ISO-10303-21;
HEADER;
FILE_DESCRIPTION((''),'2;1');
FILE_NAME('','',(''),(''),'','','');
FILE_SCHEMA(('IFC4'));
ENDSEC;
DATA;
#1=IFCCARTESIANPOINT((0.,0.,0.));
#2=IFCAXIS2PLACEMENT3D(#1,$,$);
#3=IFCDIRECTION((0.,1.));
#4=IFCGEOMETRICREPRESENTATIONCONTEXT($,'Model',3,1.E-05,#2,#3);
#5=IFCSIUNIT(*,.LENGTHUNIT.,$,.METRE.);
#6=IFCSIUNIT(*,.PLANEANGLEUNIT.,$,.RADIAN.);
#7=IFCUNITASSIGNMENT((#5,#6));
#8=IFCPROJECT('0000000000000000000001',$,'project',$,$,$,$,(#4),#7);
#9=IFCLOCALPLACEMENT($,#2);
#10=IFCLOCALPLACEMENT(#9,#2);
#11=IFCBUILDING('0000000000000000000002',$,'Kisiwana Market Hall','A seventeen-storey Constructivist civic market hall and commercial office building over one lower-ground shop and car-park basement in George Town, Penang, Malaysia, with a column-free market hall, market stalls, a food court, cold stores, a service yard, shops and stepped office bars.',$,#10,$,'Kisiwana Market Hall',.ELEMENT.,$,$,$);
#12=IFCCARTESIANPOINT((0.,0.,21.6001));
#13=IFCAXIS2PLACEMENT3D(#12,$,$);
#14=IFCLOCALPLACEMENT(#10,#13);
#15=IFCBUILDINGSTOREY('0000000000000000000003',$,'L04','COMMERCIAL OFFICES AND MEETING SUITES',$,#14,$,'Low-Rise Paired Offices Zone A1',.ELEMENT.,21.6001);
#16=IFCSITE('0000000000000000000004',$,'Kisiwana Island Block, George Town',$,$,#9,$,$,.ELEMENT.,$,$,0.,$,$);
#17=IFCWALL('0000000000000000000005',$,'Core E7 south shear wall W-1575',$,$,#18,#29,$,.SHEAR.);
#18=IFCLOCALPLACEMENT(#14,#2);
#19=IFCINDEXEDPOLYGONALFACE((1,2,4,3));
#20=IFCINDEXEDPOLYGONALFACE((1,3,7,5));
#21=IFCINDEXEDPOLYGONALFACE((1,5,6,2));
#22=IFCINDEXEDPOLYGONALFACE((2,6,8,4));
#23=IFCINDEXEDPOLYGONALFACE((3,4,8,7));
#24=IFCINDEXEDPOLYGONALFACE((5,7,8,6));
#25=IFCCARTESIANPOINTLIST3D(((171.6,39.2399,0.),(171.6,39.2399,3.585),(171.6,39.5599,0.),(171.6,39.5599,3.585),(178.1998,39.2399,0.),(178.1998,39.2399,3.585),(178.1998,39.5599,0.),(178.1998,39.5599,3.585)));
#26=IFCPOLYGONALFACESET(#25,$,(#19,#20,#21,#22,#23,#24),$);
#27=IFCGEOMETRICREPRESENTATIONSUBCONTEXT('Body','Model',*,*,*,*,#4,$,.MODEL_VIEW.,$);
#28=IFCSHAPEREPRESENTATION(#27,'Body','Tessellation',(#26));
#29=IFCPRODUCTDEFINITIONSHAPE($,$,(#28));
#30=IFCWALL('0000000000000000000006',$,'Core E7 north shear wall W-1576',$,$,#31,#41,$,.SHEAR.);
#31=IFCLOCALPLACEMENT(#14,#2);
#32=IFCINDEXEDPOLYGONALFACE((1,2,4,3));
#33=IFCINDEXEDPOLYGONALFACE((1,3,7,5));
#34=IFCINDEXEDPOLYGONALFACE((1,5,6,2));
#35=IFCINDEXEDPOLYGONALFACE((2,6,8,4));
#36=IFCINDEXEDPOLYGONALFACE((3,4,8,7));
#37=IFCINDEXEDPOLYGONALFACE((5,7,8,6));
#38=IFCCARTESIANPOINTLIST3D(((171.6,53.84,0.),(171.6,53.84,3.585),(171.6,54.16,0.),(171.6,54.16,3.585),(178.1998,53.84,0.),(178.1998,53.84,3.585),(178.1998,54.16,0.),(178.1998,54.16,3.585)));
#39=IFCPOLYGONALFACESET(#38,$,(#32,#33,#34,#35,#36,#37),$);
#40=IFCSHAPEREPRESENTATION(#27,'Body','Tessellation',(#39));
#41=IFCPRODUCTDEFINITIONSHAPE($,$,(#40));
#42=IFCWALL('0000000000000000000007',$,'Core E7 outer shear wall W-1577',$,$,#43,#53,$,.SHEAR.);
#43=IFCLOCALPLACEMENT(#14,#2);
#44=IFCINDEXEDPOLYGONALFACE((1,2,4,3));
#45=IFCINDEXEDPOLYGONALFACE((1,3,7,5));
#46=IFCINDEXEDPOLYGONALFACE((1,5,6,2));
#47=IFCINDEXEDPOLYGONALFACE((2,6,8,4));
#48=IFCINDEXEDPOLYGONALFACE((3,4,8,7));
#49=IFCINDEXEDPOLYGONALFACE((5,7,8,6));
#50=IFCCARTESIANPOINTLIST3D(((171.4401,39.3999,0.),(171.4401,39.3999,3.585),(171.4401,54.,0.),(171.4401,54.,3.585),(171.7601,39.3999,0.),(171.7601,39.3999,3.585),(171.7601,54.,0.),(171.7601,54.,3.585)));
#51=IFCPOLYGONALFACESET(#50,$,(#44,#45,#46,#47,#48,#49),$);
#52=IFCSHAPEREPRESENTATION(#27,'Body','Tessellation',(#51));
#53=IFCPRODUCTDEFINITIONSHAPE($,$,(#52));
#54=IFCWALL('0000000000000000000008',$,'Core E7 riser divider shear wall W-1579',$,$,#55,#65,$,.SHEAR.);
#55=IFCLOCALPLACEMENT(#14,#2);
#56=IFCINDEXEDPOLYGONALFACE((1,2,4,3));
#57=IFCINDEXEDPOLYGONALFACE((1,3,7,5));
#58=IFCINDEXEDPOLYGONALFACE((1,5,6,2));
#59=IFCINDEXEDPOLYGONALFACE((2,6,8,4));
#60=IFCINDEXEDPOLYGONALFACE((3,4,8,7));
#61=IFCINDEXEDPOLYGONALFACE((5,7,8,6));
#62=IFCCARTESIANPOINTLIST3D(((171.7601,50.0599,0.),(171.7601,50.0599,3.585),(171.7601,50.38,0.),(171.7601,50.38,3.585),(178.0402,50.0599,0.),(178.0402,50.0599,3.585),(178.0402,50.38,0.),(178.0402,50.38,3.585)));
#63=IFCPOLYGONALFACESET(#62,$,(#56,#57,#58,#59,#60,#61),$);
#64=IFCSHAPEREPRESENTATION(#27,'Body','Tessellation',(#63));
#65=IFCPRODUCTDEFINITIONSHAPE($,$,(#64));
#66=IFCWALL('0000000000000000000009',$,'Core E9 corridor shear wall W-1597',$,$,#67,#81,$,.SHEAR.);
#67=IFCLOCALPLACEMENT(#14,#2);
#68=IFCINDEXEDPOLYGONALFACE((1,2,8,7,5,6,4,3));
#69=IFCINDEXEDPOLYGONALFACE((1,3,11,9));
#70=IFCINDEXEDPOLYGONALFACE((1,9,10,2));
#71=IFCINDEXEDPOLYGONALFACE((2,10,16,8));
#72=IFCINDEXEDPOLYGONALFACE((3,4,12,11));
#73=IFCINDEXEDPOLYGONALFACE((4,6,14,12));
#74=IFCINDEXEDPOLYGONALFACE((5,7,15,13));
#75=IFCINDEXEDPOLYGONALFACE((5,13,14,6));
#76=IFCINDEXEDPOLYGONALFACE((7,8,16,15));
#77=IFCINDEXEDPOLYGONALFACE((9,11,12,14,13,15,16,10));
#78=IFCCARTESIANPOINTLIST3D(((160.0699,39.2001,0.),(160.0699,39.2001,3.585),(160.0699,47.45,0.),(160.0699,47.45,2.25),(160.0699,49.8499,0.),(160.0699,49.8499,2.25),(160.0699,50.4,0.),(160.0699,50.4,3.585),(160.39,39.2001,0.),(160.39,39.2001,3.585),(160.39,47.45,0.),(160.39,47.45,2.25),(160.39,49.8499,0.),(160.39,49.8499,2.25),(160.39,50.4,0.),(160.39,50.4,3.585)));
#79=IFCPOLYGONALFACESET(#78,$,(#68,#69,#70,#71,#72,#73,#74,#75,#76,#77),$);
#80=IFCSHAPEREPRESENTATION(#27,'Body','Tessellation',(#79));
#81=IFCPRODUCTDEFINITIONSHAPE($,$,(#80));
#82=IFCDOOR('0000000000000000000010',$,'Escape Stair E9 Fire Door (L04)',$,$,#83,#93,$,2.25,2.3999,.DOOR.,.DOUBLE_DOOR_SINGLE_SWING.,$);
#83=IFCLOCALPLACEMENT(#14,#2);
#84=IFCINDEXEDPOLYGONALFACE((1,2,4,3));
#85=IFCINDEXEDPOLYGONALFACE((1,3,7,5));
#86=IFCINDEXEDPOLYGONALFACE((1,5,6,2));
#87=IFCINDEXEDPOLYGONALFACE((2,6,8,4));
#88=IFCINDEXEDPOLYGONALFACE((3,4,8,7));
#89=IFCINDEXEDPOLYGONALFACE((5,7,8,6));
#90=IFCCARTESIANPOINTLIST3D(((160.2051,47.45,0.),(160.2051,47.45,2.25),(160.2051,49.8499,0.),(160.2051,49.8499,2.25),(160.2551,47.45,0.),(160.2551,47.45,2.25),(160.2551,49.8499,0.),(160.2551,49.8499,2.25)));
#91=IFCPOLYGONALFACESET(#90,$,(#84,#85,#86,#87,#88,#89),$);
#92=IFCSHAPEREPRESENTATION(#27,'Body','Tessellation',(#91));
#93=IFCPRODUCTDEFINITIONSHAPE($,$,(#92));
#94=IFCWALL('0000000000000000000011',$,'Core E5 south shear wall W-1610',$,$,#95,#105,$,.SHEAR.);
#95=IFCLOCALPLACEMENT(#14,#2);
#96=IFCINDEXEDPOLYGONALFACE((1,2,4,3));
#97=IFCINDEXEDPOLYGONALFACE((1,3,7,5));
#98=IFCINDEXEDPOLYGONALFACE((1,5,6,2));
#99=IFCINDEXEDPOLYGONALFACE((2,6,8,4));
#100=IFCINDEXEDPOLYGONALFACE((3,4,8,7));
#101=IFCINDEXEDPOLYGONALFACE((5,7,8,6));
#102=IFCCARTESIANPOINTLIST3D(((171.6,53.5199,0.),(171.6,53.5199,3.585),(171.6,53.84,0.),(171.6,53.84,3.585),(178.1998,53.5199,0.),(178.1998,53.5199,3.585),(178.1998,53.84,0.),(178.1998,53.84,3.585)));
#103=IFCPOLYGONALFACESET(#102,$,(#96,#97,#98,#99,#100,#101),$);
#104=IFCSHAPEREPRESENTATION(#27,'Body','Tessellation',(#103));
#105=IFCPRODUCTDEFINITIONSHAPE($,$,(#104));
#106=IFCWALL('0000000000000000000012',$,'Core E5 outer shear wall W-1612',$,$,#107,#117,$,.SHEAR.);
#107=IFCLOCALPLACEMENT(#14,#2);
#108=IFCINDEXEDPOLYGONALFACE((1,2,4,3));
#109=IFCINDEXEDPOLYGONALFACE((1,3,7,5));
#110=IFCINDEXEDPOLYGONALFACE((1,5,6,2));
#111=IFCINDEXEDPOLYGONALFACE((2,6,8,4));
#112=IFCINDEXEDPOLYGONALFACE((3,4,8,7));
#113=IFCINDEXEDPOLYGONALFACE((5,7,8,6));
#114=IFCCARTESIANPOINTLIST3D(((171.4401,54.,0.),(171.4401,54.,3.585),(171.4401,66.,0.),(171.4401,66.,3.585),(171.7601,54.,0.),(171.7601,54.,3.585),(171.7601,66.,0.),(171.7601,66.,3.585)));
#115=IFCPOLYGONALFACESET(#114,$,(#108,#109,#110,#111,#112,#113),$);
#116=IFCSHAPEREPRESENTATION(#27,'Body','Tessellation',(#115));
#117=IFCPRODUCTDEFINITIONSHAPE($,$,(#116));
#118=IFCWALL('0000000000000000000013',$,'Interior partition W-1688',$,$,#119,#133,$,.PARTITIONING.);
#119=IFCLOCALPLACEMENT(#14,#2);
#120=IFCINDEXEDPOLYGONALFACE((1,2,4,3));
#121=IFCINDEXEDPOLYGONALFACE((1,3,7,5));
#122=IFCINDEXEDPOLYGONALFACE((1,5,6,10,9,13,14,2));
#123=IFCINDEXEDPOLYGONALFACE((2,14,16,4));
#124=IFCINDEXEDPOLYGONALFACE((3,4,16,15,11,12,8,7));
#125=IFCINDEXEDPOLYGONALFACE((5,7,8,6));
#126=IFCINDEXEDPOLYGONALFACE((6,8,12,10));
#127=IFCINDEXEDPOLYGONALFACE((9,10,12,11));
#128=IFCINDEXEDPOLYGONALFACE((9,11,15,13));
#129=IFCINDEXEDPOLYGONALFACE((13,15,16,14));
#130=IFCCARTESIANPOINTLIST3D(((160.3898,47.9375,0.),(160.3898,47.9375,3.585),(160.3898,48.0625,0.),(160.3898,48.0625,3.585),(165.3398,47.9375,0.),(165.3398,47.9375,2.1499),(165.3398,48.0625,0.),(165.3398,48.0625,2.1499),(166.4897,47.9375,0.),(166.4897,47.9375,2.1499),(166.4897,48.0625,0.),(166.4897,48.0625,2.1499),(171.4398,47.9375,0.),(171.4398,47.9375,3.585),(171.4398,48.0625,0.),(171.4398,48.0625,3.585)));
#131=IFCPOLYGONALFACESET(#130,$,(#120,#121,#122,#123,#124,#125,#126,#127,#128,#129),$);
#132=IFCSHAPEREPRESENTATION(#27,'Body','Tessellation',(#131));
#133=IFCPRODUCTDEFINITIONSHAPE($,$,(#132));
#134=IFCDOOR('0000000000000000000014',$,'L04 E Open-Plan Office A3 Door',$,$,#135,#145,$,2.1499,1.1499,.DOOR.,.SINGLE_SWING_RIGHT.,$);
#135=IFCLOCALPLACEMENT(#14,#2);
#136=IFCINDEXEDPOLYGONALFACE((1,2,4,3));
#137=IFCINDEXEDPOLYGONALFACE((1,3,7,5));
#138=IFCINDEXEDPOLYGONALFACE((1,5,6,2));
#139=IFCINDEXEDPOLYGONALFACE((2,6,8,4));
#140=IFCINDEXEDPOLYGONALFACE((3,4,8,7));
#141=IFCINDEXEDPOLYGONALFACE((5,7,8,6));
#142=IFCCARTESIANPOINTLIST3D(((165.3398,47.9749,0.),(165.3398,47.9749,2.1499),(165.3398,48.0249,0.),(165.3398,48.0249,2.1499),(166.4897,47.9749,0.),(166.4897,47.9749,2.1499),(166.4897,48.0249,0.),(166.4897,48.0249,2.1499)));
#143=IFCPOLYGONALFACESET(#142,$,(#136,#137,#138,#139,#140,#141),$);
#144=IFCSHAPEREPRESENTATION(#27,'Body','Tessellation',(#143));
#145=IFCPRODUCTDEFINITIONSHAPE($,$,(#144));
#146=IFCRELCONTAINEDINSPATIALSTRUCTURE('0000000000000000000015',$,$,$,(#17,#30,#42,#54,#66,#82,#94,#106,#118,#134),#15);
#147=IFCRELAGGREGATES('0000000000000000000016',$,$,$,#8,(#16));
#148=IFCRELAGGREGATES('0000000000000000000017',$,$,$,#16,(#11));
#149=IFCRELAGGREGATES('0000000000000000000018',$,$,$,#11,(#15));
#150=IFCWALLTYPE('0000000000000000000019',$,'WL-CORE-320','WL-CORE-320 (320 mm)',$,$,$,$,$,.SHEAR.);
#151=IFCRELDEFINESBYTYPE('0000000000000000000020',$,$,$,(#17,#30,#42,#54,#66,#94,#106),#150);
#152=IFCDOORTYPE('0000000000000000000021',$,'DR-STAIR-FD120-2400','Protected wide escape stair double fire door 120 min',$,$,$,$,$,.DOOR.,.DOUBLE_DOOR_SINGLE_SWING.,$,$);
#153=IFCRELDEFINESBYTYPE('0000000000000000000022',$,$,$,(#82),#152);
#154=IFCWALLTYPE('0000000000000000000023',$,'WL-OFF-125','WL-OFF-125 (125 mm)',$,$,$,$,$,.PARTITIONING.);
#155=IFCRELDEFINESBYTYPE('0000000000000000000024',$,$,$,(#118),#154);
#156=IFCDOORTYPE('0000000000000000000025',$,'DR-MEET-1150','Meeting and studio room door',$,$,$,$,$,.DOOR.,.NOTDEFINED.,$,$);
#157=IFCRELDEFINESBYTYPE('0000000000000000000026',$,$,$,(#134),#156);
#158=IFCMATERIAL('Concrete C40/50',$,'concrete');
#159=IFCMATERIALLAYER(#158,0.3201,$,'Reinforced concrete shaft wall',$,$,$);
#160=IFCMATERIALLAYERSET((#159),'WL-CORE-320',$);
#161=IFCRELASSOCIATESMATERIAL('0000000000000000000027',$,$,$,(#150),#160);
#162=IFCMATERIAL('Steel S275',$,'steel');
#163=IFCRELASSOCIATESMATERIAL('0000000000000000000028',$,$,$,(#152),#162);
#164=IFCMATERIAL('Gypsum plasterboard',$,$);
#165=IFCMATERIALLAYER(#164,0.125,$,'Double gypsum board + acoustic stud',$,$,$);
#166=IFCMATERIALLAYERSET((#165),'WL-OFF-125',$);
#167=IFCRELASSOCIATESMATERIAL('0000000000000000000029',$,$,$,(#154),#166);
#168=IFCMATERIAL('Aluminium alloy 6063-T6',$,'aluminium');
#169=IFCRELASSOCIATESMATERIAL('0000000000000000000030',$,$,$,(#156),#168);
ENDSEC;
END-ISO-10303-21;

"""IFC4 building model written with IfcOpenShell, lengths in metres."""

from ifc_helpers import new_model, si_unit, direction, frame, frame_2d, origin, place, context, subcontext, project, spatial, rectangle, extrude, material, layer, layer_set, type_object, element, fill, save


model = new_model("IFC4")

# Units and contexts
model_context = context("Model", 3, precision=1e-05, world=origin(), true_north=direction((0.0, 1.0)))
body_context = subcontext(model_context, "Body", "Model", "MODEL_VIEW")
ifc_project = project(units=[si_unit("LENGTHUNIT", "METRE"), si_unit("PLANEANGLEUNIT", "RADIAN")], contexts=[model_context])

# Site, building, storey
site_placement = place(None, origin())
site = spatial("IfcSite", under=ifc_project, at=site_placement, Name="Kisiwana Island Block, George Town", CompositionType="ELEMENT", RefElevation=0.0)
building_placement = place(site_placement, origin())
building = spatial("IfcBuilding", under=site, at=building_placement, Name="Kisiwana Market Hall", Description="A seventeen-storey Constructivist civic market hall and commercial office building over one lower-ground shop and car-park basement in George Town, Penang, Malaysia, with a column-free market hall, market stalls, a food court, cold stores, a service yard, shops and stepped office bars.", LongName="Kisiwana Market Hall", CompositionType="ELEMENT")
storey_placement = place(building_placement, frame((0.0, 0.0, 21.6001)))
storey = spatial("IfcBuildingStorey", under=building, at=storey_placement, Name="L04", Description="COMMERCIAL OFFICES AND MEETING SUITES", LongName="Low-Rise Paired Offices Zone A1", CompositionType="ELEMENT", Elevation=21.6001)

# Walls
ifc_material_1 = material(Name="Concrete C40/50", Category="concrete")
ifc_layer_1 = layer(ifc_material_1, 0.3201, Name="Reinforced concrete shaft wall")
ifc_layer_set_1 = layer_set([ifc_layer_1], Name="WL-CORE-320")
wall_type_1 = type_object("IfcWallType", Name="WL-CORE-320", Description="WL-CORE-320 (320 mm)", PredefinedType="SHEAR", material=ifc_layer_set_1)
for number, where, z_axis, x_axis, name in (
    (1, (171.6001, 39.3999, 0.0), (0.0, 0.0, 1.0), (1.0, 0.0, 0.0), "Core E7 south shear wall W-1575"),
    (2, (171.6001, 54.0, 0.0), (0.0, 0.0, 1.0), (1.0, 0.0, 0.0), "Core E7 north shear wall W-1576"),
):
    element("IfcWall", number, at=place(storey_placement, frame(where, z_axis=z_axis, x_axis=x_axis)), inside=storey, type_object=wall_type_1, Name=name, PredefinedType="SHEAR", context=body_context, shape_type="SweptSolid", body=[
        extrude(rectangle(XDim=6.5999, YDim=0.3201, at=frame_2d((3.2998, 0.0))), origin(), (0.0, 0.0, 1.0), 3.585),
    ])
wall_1_placement = place(storey_placement, frame((171.6001, 39.3999, 0.0), z_axis=(0.0, 0.0, 1.0), x_axis=(0.0, 1.0, 0.0)))
element("IfcWall", 3, at=wall_1_placement, inside=storey, type_object=wall_type_1, Name="Core E7 outer shear wall W-1577", PredefinedType="SHEAR", context=body_context, shape_type="SweptSolid", body=[
    extrude(rectangle(XDim=14.6001, YDim=0.3201, at=frame_2d((7.3, 0.0))), origin(), (0.0, 0.0, 1.0), 3.585),
])
wall_2_placement = place(storey_placement, frame((171.76, 50.22, 0.0), z_axis=(0.0, 0.0, 1.0), x_axis=(1.0, 0.0, 0.0)))
element("IfcWall", 4, at=wall_2_placement, inside=storey, type_object=wall_type_1, Name="Core E7 riser divider shear wall W-1579", PredefinedType="SHEAR", context=body_context, shape_type="SweptSolid", body=[
    extrude(rectangle(XDim=6.28, YDim=0.3201, at=frame_2d((3.1401, 0.0))), origin(), (0.0, 0.0, 1.0), 3.585),
])

# Wall, opening, door
wall_3_placement = place(storey_placement, frame((160.23, 39.2, 0.0), z_axis=(0.0, 0.0, 1.0), x_axis=(0.0, 1.0, 0.0)))
wall_3 = element("IfcWall", 5, at=wall_3_placement, inside=storey, type_object=wall_type_1, Name="Core E9 corridor shear wall W-1597", PredefinedType="SHEAR", context=body_context, shape_type="SweptSolid", body=[
    extrude(rectangle(XDim=11.2, YDim=0.3201, at=frame_2d((5.6001, 0.0))), origin(), (0.0, 0.0, 1.0), 3.585),
])
opening_1_placement = place(wall_3_placement, frame((8.25, 0.0, 0.0)))
opening_1 = element("IfcOpeningElement", 6, at=opening_1_placement, cuts=wall_3, PredefinedType="OPENING", context=body_context, shape_type="SweptSolid", body=[
    extrude(rectangle(XDim=2.3999, YDim=2.25, at=frame_2d((1.2, 1.125))), frame((0.0, 0.1719, 0.0), z_axis=(0.0, -1.0, 0.0), x_axis=(1.0, 0.0, 0.0)), (0.0, 0.0, 1.0), 0.344),
])
ifc_material_2 = material(Name="Steel S275", Category="steel")
door_type_1 = type_object("IfcDoorType", Name="DR-STAIR-FD120-2400", Description="Protected wide escape stair double fire door 120 min", OperationType="DOUBLE_DOOR_SINGLE_SWING", PredefinedType="DOOR", material=ifc_material_2)
door_1_placement = place(opening_1_placement, origin())
door_1 = element("IfcDoor", 7, at=door_1_placement, inside=storey, type_object=door_type_1, Name="Escape Stair E9 Fire Door (L04)", OperationType="DOUBLE_DOOR_SINGLE_SWING", OverallHeight=2.25, OverallWidth=2.3999, PredefinedType="DOOR", context=body_context, shape_type="SweptSolid", body=[
    extrude(rectangle(XDim=2.3999, YDim=2.25, at=frame_2d((1.2, 1.125))), frame((0.0, 0.0249, 0.0), z_axis=(0.0, -1.0, 0.0), x_axis=(1.0, 0.0, 0.0)), (0.0, 0.0, 1.0), 0.05),
])
fill(opening_1, door_1)

# Walls
wall_4_placement = place(storey_placement, frame((171.6001, 53.6799, 0.0), z_axis=(0.0, 0.0, 1.0), x_axis=(1.0, 0.0, 0.0)))
element("IfcWall", 8, at=wall_4_placement, inside=storey, type_object=wall_type_1, Name="Core E5 south shear wall W-1610", PredefinedType="SHEAR", context=body_context, shape_type="SweptSolid", body=[
    extrude(rectangle(XDim=6.5999, YDim=0.3201, at=frame_2d((3.2998, 0.0))), origin(), (0.0, 0.0, 1.0), 3.585),
])
wall_5_placement = place(storey_placement, frame((171.6001, 54.0, 0.0), z_axis=(0.0, 0.0, 1.0), x_axis=(0.0, 1.0, 0.0)))
element("IfcWall", 9, at=wall_5_placement, inside=storey, type_object=wall_type_1, Name="Core E5 outer shear wall W-1612", PredefinedType="SHEAR", context=body_context, shape_type="SweptSolid", body=[
    extrude(rectangle(XDim=12.0, YDim=0.3201, at=frame_2d((6.0, 0.0))), origin(), (0.0, 0.0, 1.0), 3.585),
])

# Wall, opening, door
ifc_material_3 = material(Name="Gypsum plasterboard")
ifc_layer_2 = layer(ifc_material_3, 0.125, Name="Double gypsum board + acoustic stud")
ifc_layer_set_2 = layer_set([ifc_layer_2], Name="WL-OFF-125")
wall_type_2 = type_object("IfcWallType", Name="WL-OFF-125", Description="WL-OFF-125 (125 mm)", PredefinedType="PARTITIONING", material=ifc_layer_set_2)
wall_6_placement = place(storey_placement, frame((160.3899, 48.0, 0.0), z_axis=(0.0, 0.0, 1.0), x_axis=(1.0, 0.0, 0.0)))
wall_6 = element("IfcWall", 10, at=wall_6_placement, inside=storey, type_object=wall_type_2, Name="Interior partition W-1688", PredefinedType="PARTITIONING", context=body_context, shape_type="SweptSolid", body=[
    extrude(rectangle(XDim=11.05, YDim=0.125, at=frame_2d((5.5249, 0.0))), origin(), (0.0, 0.0, 1.0), 3.585),
])
opening_2_placement = place(wall_6_placement, frame((4.95, 0.0, 0.0)))
opening_2 = element("IfcOpeningElement", 11, at=opening_2_placement, cuts=wall_6, PredefinedType="OPENING", context=body_context, shape_type="SweptSolid", body=[
    extrude(rectangle(XDim=1.1499, YDim=2.1499, at=frame_2d((0.575, 1.075))), frame((0.0, 0.0745, 0.0), z_axis=(0.0, -1.0, 0.0), x_axis=(1.0, 0.0, 0.0)), (0.0, 0.0, 1.0), 0.1489),
])
ifc_material_4 = material(Name="Aluminium alloy 6063-T6", Category="aluminium")
door_type_2 = type_object("IfcDoorType", Name="DR-MEET-1150", Description="Meeting and studio room door", OperationType="NOTDEFINED", PredefinedType="DOOR", material=ifc_material_4)
door_2_placement = place(opening_2_placement, origin())
door_2 = element("IfcDoor", 12, at=door_2_placement, inside=storey, type_object=door_type_2, Name="L04 E Open-Plan Office A3 Door", OperationType="SINGLE_SWING_RIGHT", OverallHeight=2.1499, OverallWidth=1.1499, PredefinedType="DOOR", context=body_context, shape_type="SweptSolid", body=[
    extrude(rectangle(XDim=1.1499, YDim=2.1499, at=frame_2d((0.575, 1.075))), frame((0.0, 0.0249, 0.0), z_axis=(0.0, -1.0, 0.0), x_axis=(1.0, 0.0, 0.0)), (0.0, 0.0, 1.0), 0.05),
])
fill(opening_2, door_2)

save(model, "model.ifc")
